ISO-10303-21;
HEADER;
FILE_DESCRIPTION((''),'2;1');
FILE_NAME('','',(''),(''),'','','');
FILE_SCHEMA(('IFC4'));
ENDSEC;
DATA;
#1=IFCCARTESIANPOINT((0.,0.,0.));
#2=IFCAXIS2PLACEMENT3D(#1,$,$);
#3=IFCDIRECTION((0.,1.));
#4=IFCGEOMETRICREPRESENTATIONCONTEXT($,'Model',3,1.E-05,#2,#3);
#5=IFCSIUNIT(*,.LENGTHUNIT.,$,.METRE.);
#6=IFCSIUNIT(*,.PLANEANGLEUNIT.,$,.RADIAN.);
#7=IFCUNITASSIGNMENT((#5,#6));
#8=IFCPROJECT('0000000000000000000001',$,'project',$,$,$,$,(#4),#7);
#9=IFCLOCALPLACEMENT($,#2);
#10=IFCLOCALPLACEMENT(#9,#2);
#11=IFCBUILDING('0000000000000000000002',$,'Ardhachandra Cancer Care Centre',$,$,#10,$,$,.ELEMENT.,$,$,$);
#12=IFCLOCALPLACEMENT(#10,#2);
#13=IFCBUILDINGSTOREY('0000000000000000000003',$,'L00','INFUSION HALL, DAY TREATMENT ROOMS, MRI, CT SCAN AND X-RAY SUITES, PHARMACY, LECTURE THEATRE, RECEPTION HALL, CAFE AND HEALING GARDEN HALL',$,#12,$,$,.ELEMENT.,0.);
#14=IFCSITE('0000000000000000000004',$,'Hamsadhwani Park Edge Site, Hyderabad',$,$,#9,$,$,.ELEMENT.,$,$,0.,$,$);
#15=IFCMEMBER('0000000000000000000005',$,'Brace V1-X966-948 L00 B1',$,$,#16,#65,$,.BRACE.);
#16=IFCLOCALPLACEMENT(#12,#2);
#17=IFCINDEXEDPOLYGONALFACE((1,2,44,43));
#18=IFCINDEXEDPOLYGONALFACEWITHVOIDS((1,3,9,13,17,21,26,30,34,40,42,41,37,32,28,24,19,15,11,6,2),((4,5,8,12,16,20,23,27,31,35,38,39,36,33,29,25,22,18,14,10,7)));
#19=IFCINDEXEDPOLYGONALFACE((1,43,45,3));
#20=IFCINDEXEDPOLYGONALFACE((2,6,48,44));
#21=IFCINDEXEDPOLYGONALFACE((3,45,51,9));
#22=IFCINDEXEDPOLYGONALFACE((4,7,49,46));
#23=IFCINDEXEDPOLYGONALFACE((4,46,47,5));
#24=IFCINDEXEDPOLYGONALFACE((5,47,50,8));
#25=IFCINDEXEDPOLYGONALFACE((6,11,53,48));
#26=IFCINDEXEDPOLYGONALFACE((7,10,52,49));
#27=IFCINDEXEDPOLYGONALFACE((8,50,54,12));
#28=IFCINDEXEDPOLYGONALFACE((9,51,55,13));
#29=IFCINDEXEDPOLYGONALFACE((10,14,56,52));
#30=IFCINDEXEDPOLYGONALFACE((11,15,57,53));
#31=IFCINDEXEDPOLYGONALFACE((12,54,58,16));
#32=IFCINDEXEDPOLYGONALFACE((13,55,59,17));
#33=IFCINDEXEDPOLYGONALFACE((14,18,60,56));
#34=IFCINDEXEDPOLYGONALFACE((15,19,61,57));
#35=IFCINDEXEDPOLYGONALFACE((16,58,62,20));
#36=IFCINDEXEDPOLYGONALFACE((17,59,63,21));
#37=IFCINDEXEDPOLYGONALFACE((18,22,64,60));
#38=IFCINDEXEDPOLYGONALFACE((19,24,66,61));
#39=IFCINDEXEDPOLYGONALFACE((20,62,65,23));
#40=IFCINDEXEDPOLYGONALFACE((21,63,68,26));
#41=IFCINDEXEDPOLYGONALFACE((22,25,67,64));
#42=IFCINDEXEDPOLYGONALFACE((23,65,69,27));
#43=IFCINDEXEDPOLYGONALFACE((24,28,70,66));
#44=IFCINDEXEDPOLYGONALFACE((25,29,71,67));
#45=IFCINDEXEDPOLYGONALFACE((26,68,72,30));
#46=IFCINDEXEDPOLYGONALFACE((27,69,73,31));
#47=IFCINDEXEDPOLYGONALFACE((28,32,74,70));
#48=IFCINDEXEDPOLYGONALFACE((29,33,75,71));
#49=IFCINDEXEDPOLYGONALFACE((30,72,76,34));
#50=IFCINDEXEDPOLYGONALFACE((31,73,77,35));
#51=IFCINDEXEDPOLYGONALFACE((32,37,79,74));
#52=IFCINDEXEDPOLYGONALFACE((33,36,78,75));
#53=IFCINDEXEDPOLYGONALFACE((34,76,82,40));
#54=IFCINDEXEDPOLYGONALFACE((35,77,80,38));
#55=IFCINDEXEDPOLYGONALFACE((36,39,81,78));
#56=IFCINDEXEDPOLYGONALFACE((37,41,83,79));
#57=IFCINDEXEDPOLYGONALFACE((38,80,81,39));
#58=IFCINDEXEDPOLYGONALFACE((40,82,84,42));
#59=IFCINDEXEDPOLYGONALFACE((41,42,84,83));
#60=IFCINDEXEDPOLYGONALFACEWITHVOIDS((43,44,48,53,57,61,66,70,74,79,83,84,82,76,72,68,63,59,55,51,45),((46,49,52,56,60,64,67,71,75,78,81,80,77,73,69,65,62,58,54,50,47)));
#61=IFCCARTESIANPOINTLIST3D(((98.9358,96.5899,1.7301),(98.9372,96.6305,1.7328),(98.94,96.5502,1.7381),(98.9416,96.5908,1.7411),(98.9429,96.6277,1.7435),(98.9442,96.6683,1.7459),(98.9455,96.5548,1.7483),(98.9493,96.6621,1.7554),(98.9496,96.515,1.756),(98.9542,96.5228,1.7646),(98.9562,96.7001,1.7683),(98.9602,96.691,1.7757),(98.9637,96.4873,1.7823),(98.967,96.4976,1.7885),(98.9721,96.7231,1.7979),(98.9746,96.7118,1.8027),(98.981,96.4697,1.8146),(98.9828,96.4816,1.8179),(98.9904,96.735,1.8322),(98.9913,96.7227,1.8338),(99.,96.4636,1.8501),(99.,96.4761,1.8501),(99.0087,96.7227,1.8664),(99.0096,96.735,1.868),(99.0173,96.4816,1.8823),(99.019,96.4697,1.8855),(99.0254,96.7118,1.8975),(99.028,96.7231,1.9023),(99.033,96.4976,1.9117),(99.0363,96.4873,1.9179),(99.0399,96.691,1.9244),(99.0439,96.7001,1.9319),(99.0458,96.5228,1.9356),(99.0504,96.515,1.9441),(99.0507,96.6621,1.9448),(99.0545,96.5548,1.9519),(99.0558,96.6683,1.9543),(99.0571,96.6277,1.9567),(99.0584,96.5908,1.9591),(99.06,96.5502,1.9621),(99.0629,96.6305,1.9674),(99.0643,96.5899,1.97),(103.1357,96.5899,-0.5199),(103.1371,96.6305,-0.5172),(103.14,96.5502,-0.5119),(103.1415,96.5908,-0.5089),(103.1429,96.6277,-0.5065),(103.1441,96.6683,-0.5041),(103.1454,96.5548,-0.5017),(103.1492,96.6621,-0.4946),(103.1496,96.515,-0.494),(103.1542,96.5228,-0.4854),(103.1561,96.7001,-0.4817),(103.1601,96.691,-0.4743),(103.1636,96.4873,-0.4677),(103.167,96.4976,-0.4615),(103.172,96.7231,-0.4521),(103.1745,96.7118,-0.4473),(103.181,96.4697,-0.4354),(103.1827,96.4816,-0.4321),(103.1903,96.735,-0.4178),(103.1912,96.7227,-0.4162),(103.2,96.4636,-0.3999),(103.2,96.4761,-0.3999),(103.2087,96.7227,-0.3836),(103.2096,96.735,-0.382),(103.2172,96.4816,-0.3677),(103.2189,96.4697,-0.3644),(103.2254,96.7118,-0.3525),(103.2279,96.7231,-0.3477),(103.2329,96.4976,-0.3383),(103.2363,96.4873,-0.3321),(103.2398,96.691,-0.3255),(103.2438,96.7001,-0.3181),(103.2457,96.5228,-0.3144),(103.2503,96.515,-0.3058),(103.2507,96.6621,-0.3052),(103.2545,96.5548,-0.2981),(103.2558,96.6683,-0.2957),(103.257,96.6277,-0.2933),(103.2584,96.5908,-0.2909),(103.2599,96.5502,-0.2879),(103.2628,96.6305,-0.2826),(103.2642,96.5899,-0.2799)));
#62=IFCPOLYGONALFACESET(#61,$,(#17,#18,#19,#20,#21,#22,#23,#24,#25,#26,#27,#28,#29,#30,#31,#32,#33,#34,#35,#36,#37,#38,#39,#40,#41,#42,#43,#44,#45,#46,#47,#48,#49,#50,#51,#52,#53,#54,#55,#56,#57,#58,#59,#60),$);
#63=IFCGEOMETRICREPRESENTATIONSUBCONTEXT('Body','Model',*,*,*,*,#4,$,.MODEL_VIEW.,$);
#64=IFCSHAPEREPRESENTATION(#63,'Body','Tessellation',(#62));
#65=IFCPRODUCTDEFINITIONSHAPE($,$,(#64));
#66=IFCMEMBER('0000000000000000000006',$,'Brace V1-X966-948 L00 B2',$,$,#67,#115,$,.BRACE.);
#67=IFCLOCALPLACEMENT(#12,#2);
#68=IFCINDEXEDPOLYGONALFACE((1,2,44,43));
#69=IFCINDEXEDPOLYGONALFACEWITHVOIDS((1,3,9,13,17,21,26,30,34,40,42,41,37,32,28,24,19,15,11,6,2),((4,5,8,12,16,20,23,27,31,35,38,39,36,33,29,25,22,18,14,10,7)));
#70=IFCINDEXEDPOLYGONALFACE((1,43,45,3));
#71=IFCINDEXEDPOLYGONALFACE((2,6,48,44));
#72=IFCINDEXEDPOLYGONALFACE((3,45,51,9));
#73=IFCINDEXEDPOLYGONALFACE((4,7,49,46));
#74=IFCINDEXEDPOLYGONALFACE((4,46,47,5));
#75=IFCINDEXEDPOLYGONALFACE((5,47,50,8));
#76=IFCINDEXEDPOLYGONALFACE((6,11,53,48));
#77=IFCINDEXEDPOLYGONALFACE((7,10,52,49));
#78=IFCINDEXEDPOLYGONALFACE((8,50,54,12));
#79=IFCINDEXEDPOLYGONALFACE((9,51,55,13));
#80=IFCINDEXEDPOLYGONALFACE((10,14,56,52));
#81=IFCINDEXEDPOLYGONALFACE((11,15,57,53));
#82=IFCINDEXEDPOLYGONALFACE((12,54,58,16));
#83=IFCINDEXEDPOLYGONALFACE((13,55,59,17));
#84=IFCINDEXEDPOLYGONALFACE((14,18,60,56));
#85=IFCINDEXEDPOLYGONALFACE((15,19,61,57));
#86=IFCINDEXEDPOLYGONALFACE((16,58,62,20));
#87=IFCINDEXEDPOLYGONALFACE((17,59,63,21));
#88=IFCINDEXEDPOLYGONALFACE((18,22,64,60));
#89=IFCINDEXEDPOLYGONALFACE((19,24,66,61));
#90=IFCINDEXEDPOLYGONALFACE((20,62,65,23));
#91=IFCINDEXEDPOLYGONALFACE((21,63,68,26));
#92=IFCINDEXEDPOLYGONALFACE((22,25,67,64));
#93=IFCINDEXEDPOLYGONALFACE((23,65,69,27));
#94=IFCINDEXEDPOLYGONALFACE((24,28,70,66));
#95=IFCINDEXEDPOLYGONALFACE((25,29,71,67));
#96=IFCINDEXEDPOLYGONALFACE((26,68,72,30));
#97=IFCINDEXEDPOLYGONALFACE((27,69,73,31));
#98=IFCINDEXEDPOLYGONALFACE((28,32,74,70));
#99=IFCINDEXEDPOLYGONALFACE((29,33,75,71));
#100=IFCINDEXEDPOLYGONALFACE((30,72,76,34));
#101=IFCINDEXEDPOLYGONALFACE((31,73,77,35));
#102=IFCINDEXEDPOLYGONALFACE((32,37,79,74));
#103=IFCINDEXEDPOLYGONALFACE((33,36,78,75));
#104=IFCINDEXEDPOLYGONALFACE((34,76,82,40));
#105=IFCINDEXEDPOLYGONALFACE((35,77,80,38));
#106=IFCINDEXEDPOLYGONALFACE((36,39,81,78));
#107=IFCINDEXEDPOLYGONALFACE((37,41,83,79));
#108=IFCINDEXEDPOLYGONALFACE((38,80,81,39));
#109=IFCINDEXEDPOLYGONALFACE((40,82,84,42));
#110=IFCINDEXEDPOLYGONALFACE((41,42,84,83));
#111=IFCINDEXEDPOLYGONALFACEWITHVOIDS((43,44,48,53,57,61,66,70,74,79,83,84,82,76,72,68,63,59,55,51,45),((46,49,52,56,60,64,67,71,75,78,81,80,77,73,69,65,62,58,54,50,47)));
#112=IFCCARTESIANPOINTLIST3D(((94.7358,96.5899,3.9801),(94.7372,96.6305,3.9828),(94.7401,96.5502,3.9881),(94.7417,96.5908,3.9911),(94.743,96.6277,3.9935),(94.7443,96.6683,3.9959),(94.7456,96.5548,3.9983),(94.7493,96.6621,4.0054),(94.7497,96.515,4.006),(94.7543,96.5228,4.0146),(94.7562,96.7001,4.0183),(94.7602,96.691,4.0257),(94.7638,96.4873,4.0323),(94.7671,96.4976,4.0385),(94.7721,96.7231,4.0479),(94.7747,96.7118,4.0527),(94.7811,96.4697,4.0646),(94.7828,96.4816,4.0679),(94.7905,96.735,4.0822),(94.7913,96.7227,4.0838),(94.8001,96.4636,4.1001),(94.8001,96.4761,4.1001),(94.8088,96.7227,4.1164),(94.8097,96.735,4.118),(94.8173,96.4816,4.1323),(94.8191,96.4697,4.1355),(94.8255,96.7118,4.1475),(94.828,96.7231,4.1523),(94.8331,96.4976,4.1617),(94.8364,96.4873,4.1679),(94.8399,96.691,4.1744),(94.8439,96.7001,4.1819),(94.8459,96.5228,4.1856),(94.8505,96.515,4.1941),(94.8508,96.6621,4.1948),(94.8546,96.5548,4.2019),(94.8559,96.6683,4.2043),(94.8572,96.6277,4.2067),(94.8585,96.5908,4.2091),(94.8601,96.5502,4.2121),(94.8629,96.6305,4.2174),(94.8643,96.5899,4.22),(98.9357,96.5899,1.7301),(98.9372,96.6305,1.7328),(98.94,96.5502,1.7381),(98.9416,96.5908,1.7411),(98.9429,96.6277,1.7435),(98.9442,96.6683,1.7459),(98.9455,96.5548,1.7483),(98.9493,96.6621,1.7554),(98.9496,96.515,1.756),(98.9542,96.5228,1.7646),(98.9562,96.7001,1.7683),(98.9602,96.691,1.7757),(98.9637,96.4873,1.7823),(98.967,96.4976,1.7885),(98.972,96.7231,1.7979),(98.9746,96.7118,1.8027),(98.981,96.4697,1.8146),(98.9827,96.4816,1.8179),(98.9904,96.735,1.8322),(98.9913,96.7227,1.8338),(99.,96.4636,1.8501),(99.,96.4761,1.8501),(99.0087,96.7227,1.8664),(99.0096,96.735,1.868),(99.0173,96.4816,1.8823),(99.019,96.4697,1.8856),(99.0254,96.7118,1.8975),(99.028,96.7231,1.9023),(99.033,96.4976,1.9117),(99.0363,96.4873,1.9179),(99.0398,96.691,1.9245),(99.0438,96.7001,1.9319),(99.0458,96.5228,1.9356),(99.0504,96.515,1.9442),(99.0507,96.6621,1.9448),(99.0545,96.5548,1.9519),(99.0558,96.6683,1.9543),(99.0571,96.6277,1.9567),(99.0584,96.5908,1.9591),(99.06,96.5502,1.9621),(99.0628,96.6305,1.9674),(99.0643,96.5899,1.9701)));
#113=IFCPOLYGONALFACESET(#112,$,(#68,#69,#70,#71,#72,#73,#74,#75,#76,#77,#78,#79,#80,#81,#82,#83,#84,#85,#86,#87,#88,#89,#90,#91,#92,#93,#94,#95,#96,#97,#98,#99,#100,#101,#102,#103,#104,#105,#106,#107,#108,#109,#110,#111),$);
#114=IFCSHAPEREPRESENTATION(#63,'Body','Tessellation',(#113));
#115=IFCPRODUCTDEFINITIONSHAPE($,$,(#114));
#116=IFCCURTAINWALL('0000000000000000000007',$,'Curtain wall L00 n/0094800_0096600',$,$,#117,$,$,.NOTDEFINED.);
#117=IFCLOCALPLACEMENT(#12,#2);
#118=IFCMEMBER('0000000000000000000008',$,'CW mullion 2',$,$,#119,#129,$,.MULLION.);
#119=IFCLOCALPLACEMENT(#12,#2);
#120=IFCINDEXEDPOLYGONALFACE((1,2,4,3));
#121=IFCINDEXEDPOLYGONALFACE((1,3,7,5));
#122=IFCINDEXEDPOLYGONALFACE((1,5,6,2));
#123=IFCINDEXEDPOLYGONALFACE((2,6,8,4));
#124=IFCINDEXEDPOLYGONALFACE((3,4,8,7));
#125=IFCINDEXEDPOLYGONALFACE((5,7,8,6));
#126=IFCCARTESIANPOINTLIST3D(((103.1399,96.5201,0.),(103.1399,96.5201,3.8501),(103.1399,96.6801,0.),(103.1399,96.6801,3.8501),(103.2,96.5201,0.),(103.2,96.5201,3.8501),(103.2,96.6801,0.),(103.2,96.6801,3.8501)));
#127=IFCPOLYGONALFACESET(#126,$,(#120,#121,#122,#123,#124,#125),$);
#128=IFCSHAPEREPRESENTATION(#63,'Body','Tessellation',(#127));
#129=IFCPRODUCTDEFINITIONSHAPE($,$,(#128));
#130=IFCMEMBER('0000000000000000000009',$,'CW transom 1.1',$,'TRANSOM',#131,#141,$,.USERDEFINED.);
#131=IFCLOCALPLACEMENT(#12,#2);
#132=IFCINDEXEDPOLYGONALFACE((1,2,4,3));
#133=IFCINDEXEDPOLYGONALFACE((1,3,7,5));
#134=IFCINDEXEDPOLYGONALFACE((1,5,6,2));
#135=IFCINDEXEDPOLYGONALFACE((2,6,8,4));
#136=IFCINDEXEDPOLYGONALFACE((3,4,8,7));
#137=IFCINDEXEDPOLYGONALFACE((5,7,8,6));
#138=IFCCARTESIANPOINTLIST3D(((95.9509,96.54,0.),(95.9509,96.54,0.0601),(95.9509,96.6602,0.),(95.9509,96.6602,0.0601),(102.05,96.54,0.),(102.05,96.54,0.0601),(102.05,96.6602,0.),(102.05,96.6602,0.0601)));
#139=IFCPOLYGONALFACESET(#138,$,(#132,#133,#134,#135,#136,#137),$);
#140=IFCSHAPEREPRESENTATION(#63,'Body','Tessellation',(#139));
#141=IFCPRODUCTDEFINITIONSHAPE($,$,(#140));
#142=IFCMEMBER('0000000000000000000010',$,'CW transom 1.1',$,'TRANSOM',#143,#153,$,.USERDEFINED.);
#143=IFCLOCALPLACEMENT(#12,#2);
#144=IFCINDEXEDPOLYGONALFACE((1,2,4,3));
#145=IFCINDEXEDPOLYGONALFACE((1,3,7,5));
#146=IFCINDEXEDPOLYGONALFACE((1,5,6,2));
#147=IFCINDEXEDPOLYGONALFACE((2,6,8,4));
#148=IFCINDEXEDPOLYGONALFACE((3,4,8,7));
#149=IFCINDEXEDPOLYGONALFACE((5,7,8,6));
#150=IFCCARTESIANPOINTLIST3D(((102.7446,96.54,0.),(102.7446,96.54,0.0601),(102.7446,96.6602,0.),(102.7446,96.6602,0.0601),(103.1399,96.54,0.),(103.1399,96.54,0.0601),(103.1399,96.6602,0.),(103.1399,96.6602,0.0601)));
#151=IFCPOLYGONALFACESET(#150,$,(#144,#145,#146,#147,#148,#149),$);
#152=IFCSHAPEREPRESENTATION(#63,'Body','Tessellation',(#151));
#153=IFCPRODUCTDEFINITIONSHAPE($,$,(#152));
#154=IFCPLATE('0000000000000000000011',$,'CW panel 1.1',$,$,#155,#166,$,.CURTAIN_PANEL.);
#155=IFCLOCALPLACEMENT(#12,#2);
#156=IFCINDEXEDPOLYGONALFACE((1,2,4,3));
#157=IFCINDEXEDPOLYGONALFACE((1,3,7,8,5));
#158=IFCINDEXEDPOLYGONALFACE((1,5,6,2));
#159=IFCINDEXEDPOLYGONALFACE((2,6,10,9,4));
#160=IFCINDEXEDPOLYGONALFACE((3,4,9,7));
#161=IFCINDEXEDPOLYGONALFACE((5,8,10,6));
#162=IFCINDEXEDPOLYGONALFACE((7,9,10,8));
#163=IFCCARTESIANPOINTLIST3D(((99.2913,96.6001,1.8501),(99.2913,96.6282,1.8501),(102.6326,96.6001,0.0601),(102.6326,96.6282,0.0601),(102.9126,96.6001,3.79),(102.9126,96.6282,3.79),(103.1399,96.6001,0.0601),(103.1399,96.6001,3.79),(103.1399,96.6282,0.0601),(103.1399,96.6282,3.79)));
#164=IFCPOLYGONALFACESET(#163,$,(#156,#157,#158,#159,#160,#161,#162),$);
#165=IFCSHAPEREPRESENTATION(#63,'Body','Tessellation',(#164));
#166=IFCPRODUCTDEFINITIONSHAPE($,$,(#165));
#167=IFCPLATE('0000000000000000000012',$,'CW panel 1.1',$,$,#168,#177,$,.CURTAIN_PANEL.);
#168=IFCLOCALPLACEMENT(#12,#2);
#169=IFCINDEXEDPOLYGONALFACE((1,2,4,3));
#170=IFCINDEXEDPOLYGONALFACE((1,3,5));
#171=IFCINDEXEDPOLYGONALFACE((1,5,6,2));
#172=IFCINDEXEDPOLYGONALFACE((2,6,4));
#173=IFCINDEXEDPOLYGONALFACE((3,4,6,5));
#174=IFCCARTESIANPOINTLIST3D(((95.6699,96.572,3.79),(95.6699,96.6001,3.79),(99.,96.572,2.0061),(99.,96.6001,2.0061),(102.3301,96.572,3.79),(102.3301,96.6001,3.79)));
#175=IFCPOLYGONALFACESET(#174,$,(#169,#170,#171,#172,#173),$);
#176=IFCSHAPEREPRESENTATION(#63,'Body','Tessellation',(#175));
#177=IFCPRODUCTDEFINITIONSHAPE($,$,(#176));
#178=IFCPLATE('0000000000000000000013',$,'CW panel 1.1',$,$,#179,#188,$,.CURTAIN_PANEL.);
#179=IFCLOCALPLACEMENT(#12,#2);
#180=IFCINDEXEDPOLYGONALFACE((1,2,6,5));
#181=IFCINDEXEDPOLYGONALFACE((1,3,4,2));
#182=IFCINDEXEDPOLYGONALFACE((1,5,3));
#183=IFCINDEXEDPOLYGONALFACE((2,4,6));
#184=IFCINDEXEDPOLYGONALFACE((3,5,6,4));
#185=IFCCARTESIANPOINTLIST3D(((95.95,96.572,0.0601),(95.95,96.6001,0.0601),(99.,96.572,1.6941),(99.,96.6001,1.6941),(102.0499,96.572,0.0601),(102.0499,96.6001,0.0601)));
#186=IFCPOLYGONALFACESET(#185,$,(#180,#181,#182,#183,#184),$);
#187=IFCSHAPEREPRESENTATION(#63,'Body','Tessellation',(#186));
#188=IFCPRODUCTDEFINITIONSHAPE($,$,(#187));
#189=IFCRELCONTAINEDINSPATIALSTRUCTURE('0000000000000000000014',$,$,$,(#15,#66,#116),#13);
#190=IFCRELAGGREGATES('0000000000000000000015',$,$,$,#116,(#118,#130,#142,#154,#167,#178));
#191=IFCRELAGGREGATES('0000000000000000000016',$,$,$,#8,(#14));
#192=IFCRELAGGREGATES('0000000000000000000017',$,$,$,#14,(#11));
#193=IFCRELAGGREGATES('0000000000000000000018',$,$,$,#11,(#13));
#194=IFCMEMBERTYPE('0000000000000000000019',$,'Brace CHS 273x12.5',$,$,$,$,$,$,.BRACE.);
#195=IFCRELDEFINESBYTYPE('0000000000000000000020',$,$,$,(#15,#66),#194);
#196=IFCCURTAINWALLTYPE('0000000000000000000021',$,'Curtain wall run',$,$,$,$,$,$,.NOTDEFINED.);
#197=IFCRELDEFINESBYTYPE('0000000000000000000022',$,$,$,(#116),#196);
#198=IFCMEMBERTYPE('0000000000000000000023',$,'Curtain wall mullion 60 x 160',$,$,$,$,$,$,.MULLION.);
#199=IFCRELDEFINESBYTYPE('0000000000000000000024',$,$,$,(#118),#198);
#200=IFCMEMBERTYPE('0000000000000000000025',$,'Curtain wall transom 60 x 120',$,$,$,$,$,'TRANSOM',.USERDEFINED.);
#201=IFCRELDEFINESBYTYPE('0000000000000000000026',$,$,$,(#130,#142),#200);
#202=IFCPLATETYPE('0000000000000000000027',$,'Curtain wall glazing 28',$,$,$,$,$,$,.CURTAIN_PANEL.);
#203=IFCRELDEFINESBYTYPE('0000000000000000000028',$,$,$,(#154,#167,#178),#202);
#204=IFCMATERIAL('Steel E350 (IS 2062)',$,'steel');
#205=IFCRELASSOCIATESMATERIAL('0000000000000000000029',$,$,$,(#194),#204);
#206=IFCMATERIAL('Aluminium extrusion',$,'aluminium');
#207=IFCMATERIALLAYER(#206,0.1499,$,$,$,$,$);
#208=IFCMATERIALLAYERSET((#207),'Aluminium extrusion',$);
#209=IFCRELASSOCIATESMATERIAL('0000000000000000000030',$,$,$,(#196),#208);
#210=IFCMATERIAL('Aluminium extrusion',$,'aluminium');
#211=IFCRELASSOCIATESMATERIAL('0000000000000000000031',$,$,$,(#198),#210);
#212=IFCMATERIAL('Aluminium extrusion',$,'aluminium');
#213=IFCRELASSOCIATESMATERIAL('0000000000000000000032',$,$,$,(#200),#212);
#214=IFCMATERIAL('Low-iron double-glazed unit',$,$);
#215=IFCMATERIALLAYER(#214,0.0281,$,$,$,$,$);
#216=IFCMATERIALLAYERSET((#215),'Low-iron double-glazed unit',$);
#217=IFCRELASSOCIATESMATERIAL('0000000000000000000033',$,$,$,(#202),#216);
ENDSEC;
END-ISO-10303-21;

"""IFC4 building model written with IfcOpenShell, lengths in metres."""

from ifc_helpers import new_model, si_unit, direction, frame, origin, origin_2d, place, context, subcontext, project, spatial, polyline, rectangle, hollow_circle, outline, extrude, material, layer, layer_set, material_profile, profile_set, type_object, element, aggregate, save


model = new_model("IFC4")

# Units and contexts
model_context = context("Model", 3, precision=1e-05, world=origin(), true_north=direction((0.0, 1.0)))
body_context = subcontext(model_context, "Body", "Model", "MODEL_VIEW")
ifc_project = project(units=[si_unit("LENGTHUNIT", "METRE"), si_unit("PLANEANGLEUNIT", "RADIAN")], contexts=[model_context])

# Site, building, storey
site_placement = place(None, origin())
site = spatial("IfcSite", under=ifc_project, at=site_placement, Name="Hamsadhwani Park Edge Site, Hyderabad", CompositionType="ELEMENT", RefElevation=0.0)
building_placement = place(site_placement, origin())
building = spatial("IfcBuilding", under=site, at=building_placement, Name="Ardhachandra Cancer Care Centre", CompositionType="ELEMENT")
storey_placement = place(building_placement, origin())
storey = spatial("IfcBuildingStorey", under=building, at=storey_placement, Name="L00", Description="INFUSION HALL, DAY TREATMENT ROOMS, MRI, CT SCAN AND X-RAY SUITES, PHARMACY, LECTURE THEATRE, RECEPTION HALL, CAFE AND HEALING GARDEN HALL", CompositionType="ELEMENT", Elevation=0.0)

# Members
ifc_material_1 = material(Name="Steel E350 (IS 2062)", Category="steel")
ifc_material_profile_1 = material_profile(ifc_material_1, hollow_circle(Radius=0.1365, WallThickness=0.0125, at=origin_2d()), Name="CHS 273x12.5")
ifc_profile_set_1 = profile_set([ifc_material_profile_1], Name="Steel E350 (IS 2062)")
member_type_1 = type_object("IfcMemberType", Name="Brace CHS 273x12.5", PredefinedType="BRACE", material=ifc_profile_set_1)
for number, where, z_axis, x_axis, name in (
    (1, (103.2, 96.6001, -0.3999), (-0.881478, 0.0, 0.472226), (0.0, -1.0, 0.0), "Brace V1-X966-948 L00 B1"),
    (2, (99.0, 96.6001, 1.8501), (-0.881478, 0.0, 0.472226), (0.0, -1.0, 0.0), "Brace V1-X966-948 L00 B2"),
):
    element("IfcMember", number, at=place(storey_placement, frame(where, z_axis=z_axis, x_axis=x_axis)), inside=storey, type_object=member_type_1, Name=name, PredefinedType="BRACE", context=body_context, shape_type="SweptSolid", body=[
        extrude(hollow_circle(Radius=0.1365, WallThickness=0.0125, at=origin_2d()), origin(), (0.0, 0.0, 1.0), 4.7646),
    ])

# Curtain wall, members, plates
ifc_material_2 = material(Name="Aluminium extrusion", Category="aluminium")
ifc_layer_1 = layer(ifc_material_2, 0.1499)
ifc_layer_set_1 = layer_set([ifc_layer_1], Name="Aluminium extrusion")
curtain_wall_type = type_object("IfcCurtainWallType", Name="Curtain wall run", PredefinedType="NOTDEFINED", material=ifc_layer_set_1)
curtain_wall_placement = place(storey_placement, origin())
curtain_wall = element("IfcCurtainWall", 3, at=curtain_wall_placement, inside=storey, type_object=curtain_wall_type, Name="Curtain wall L00 n/0094800_0096600", PredefinedType="NOTDEFINED")
ifc_material_3 = material(Name="Aluminium extrusion", Category="aluminium")
ifc_material_profile_2 = material_profile(ifc_material_3, rectangle(XDim=0.1599, YDim=0.0601, at=origin_2d()), Name="Curtain wall mullion 60 x 160")
ifc_profile_set_2 = profile_set([ifc_material_profile_2], Name="Aluminium extrusion")
member_type_2 = type_object("IfcMemberType", Name="Curtain wall mullion 60 x 160", PredefinedType="MULLION", material=ifc_profile_set_2)
member_1_placement = place(storey_placement, frame((103.1699, 96.6001, 0.0), z_axis=(0.0, 0.0, 1.0), x_axis=(0.0, 1.0, 0.0)))
member_1 = element("IfcMember", 4, at=member_1_placement, type_object=member_type_2, Name="CW mullion 2", PredefinedType="MULLION", context=body_context, shape_type="SweptSolid", body=[
    extrude(rectangle(XDim=0.1599, YDim=0.0601, at=origin_2d()), origin(), (0.0, 0.0, 1.0), 3.8501),
])
ifc_material_4 = material(Name="Aluminium extrusion", Category="aluminium")
ifc_material_profile_3 = material_profile(ifc_material_4, rectangle(XDim=0.1201, YDim=0.0601, at=origin_2d()), Name="Curtain wall transom 60 x 120")
ifc_profile_set_3 = profile_set([ifc_material_profile_3], Name="Aluminium extrusion")
member_type_3 = type_object("IfcMemberType", Name="Curtain wall transom 60 x 120", ElementType="TRANSOM", PredefinedType="USERDEFINED", material=ifc_profile_set_3)
member_2_placement = place(storey_placement, frame((95.9509, 96.6001, 0.03), z_axis=(1.0, 0.0, 0.0), x_axis=(0.0, 1.0, 0.0)))
member_2 = element("IfcMember", 5, at=member_2_placement, type_object=member_type_3, Name="CW transom 1.1", ObjectType="TRANSOM", PredefinedType="USERDEFINED", context=body_context, shape_type="SweptSolid", body=[
    extrude(rectangle(XDim=0.1201, YDim=0.0601, at=origin_2d()), origin(), (0.0, 0.0, 1.0), 6.0991),
])
member_3_placement = place(storey_placement, frame((102.7446, 96.6001, 0.03), z_axis=(1.0, 0.0, 0.0), x_axis=(0.0, 1.0, 0.0)))
member_3 = element("IfcMember", 6, at=member_3_placement, type_object=member_type_3, Name="CW transom 1.1", ObjectType="TRANSOM", PredefinedType="USERDEFINED", context=body_context, shape_type="SweptSolid", body=[
    extrude(rectangle(XDim=0.1201, YDim=0.0601, at=origin_2d()), origin(), (0.0, 0.0, 1.0), 0.3953),
])
ifc_material_5 = material(Name="Low-iron double-glazed unit")
ifc_layer_2 = layer(ifc_material_5, 0.0281)
ifc_layer_set_2 = layer_set([ifc_layer_2], Name="Low-iron double-glazed unit")
plate_type = type_object("IfcPlateType", Name="Curtain wall glazing 28", PredefinedType="CURTAIN_PANEL", material=ifc_layer_set_2)
plate_1_placement = place(storey_placement, frame((103.1399, 96.6001, 3.79), z_axis=(0.0, 1.0, 0.0), x_axis=(0.0, 0.0, -1.0)))
plate_1 = element("IfcPlate", 7, at=plate_1_placement, type_object=plate_type, Name="CW panel 1.1", PredefinedType="CURTAIN_PANEL", context=body_context, shape_type="SweptSolid", body=[
    extrude(outline(polyline([(0.0, 0.0), (3.73, 0.0), (3.73, 0.5073), (1.9399, 3.8486), (0.0, 0.2273), (0.0, 0.0)])), origin(), (0.0, 0.0, 1.0), 0.0281),
])
plate_2_placement = place(storey_placement, frame((102.3301, 96.6001, 3.79), z_axis=(0.0, 1.0, 0.0), x_axis=(-0.881484, 0.0, -0.472214)))
plate_2 = element("IfcPlate", 8, at=plate_2_placement, type_object=plate_type, Name="CW panel 1.1", PredefinedType="CURTAIN_PANEL", context=body_context, shape_type="SweptSolid", body=[
    extrude(outline(polyline([(0.0, 0.0), (3.7778, 0.0), (5.8708, 3.145), (0.0, 0.0)])), frame((0.0, 0.0, -0.0281)), (0.0, 0.0, 1.0), 0.0281),
])
plate_3_placement = place(storey_placement, frame((95.95, 96.6001, 0.0601), z_axis=(0.0, 1.0, 0.0), x_axis=(0.881471, 0.0, 0.472239)))
plate_3 = element("IfcPlate", 9, at=plate_3_placement, type_object=plate_type, Name="CW panel 1.1", PredefinedType="CURTAIN_PANEL", context=body_context, shape_type="SweptSolid", body=[
    extrude(outline(polyline([(0.0, 0.0), (3.4602, 0.0), (5.377, 2.8806), (0.0, 0.0)])), frame((0.0, 0.0, -0.0281)), (0.0, 0.0, 1.0), 0.0281),
])
aggregate(curtain_wall, [member_1, member_2, member_3, plate_1, plate_2, plate_3])

save(model, "model.ifc")
